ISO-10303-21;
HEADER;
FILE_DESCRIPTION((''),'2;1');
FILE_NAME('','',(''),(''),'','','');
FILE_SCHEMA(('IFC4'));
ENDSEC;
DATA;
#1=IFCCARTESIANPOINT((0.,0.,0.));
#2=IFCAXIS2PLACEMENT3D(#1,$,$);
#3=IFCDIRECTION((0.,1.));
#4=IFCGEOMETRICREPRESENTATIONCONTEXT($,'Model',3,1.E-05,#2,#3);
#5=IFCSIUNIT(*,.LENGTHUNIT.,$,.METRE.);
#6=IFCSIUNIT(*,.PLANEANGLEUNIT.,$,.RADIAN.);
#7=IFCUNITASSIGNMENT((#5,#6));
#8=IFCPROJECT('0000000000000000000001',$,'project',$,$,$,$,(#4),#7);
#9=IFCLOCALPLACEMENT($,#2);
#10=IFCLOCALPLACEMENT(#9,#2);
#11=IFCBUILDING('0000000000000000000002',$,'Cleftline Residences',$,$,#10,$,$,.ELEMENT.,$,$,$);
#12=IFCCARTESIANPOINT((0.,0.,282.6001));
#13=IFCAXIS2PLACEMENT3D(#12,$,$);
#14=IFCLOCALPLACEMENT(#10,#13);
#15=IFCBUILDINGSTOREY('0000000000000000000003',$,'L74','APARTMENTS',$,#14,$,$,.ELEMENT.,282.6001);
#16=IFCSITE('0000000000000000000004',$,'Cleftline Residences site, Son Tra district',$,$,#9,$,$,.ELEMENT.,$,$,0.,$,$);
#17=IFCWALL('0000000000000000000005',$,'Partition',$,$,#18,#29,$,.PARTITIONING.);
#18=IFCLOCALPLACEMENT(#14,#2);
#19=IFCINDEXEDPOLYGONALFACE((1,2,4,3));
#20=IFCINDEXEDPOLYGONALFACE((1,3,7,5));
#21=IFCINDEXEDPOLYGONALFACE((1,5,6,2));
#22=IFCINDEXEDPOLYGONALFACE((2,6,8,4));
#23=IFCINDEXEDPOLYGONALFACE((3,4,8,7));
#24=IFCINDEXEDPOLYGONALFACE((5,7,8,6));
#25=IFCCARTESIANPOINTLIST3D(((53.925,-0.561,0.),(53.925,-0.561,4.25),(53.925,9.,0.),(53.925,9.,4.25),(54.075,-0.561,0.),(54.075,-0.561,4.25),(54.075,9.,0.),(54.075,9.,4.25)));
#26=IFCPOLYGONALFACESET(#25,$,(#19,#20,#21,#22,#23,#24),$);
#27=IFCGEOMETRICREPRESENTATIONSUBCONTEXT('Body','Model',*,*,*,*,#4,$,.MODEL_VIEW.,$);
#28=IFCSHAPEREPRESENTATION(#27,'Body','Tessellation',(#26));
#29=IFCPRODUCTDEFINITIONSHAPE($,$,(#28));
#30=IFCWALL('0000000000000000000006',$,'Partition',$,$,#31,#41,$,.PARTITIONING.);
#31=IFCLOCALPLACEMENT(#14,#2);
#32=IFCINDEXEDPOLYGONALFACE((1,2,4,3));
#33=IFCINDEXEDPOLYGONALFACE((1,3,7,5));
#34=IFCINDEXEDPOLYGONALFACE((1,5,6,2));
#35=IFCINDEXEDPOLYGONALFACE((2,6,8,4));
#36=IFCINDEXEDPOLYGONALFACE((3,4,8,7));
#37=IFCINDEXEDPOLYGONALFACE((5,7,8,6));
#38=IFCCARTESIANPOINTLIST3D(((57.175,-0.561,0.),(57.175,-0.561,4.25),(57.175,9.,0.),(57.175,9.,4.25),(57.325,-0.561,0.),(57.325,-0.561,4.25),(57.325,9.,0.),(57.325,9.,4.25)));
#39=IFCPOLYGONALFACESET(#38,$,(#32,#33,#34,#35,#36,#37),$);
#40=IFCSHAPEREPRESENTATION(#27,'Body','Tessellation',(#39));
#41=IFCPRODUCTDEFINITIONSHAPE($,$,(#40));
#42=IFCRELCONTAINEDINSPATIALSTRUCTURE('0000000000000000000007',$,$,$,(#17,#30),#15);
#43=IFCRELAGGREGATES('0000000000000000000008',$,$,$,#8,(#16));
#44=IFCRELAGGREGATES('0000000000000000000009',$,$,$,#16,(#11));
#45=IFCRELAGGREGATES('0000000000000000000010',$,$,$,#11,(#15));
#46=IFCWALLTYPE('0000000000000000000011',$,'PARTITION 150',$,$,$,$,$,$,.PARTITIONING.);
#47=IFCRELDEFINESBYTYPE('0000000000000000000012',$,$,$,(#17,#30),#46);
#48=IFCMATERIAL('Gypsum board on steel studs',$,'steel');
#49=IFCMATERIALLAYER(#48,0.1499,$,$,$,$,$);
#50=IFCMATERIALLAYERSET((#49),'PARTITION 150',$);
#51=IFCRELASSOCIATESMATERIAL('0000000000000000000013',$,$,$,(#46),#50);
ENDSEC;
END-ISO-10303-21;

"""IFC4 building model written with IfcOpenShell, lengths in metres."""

from ifc_helpers import new_model, si_unit, direction, frame, frame_2d, origin, place, context, subcontext, project, spatial, rectangle, extrude, material, layer, layer_set, type_object, element, save


model = new_model("IFC4")

# Units and contexts
model_context = context("Model", 3, precision=1e-05, world=origin(), true_north=direction((0.0, 1.0)))
body_context = subcontext(model_context, "Body", "Model", "MODEL_VIEW")
ifc_project = project(units=[si_unit("LENGTHUNIT", "METRE"), si_unit("PLANEANGLEUNIT", "RADIAN")], contexts=[model_context])

# Site, building, storey
site_placement = place(None, origin())
site = spatial("IfcSite", under=ifc_project, at=site_placement, Name="Cleftline Residences site, Son Tra district", CompositionType="ELEMENT", RefElevation=0.0)
building_placement = place(site_placement, origin())
building = spatial("IfcBuilding", under=site, at=building_placement, Name="Cleftline Residences", CompositionType="ELEMENT")
storey_placement = place(building_placement, frame((0.0, 0.0, 282.6001)))
storey = spatial("IfcBuildingStorey", under=building, at=storey_placement, Name="L74", Description="APARTMENTS", CompositionType="ELEMENT", Elevation=282.6001)

# Walls
ifc_material_1 = material(Name="Gypsum board on steel studs", Category="steel")
ifc_layer_1 = layer(ifc_material_1, 0.1499)
ifc_layer_set_1 = layer_set([ifc_layer_1], Name="PARTITION 150")
wall_type = type_object("IfcWallType", Name="PARTITION 150", PredefinedType="PARTITIONING", material=ifc_layer_set_1)
for number, where, z_axis, x_axis, name in (
    (1, (54.0, -0.561, 0.0), (0.0, 0.0, 1.0), (0.0, 1.0, 0.0), "Partition"),
    (2, (57.25, -0.561, 0.0), (0.0, 0.0, 1.0), (0.0, 1.0, 0.0), "Partition"),
):
    element("IfcWall", number, at=place(storey_placement, frame(where, z_axis=z_axis, x_axis=x_axis)), inside=storey, type_object=wall_type, Name=name, PredefinedType="PARTITIONING", context=body_context, shape_type="SweptSolid", body=[
        extrude(rectangle(XDim=9.561, YDim=0.1499, at=frame_2d((4.7805, 0.0))), origin(), (0.0, 0.0, 1.0), 4.25),
    ])

save(model, "model.ifc")
